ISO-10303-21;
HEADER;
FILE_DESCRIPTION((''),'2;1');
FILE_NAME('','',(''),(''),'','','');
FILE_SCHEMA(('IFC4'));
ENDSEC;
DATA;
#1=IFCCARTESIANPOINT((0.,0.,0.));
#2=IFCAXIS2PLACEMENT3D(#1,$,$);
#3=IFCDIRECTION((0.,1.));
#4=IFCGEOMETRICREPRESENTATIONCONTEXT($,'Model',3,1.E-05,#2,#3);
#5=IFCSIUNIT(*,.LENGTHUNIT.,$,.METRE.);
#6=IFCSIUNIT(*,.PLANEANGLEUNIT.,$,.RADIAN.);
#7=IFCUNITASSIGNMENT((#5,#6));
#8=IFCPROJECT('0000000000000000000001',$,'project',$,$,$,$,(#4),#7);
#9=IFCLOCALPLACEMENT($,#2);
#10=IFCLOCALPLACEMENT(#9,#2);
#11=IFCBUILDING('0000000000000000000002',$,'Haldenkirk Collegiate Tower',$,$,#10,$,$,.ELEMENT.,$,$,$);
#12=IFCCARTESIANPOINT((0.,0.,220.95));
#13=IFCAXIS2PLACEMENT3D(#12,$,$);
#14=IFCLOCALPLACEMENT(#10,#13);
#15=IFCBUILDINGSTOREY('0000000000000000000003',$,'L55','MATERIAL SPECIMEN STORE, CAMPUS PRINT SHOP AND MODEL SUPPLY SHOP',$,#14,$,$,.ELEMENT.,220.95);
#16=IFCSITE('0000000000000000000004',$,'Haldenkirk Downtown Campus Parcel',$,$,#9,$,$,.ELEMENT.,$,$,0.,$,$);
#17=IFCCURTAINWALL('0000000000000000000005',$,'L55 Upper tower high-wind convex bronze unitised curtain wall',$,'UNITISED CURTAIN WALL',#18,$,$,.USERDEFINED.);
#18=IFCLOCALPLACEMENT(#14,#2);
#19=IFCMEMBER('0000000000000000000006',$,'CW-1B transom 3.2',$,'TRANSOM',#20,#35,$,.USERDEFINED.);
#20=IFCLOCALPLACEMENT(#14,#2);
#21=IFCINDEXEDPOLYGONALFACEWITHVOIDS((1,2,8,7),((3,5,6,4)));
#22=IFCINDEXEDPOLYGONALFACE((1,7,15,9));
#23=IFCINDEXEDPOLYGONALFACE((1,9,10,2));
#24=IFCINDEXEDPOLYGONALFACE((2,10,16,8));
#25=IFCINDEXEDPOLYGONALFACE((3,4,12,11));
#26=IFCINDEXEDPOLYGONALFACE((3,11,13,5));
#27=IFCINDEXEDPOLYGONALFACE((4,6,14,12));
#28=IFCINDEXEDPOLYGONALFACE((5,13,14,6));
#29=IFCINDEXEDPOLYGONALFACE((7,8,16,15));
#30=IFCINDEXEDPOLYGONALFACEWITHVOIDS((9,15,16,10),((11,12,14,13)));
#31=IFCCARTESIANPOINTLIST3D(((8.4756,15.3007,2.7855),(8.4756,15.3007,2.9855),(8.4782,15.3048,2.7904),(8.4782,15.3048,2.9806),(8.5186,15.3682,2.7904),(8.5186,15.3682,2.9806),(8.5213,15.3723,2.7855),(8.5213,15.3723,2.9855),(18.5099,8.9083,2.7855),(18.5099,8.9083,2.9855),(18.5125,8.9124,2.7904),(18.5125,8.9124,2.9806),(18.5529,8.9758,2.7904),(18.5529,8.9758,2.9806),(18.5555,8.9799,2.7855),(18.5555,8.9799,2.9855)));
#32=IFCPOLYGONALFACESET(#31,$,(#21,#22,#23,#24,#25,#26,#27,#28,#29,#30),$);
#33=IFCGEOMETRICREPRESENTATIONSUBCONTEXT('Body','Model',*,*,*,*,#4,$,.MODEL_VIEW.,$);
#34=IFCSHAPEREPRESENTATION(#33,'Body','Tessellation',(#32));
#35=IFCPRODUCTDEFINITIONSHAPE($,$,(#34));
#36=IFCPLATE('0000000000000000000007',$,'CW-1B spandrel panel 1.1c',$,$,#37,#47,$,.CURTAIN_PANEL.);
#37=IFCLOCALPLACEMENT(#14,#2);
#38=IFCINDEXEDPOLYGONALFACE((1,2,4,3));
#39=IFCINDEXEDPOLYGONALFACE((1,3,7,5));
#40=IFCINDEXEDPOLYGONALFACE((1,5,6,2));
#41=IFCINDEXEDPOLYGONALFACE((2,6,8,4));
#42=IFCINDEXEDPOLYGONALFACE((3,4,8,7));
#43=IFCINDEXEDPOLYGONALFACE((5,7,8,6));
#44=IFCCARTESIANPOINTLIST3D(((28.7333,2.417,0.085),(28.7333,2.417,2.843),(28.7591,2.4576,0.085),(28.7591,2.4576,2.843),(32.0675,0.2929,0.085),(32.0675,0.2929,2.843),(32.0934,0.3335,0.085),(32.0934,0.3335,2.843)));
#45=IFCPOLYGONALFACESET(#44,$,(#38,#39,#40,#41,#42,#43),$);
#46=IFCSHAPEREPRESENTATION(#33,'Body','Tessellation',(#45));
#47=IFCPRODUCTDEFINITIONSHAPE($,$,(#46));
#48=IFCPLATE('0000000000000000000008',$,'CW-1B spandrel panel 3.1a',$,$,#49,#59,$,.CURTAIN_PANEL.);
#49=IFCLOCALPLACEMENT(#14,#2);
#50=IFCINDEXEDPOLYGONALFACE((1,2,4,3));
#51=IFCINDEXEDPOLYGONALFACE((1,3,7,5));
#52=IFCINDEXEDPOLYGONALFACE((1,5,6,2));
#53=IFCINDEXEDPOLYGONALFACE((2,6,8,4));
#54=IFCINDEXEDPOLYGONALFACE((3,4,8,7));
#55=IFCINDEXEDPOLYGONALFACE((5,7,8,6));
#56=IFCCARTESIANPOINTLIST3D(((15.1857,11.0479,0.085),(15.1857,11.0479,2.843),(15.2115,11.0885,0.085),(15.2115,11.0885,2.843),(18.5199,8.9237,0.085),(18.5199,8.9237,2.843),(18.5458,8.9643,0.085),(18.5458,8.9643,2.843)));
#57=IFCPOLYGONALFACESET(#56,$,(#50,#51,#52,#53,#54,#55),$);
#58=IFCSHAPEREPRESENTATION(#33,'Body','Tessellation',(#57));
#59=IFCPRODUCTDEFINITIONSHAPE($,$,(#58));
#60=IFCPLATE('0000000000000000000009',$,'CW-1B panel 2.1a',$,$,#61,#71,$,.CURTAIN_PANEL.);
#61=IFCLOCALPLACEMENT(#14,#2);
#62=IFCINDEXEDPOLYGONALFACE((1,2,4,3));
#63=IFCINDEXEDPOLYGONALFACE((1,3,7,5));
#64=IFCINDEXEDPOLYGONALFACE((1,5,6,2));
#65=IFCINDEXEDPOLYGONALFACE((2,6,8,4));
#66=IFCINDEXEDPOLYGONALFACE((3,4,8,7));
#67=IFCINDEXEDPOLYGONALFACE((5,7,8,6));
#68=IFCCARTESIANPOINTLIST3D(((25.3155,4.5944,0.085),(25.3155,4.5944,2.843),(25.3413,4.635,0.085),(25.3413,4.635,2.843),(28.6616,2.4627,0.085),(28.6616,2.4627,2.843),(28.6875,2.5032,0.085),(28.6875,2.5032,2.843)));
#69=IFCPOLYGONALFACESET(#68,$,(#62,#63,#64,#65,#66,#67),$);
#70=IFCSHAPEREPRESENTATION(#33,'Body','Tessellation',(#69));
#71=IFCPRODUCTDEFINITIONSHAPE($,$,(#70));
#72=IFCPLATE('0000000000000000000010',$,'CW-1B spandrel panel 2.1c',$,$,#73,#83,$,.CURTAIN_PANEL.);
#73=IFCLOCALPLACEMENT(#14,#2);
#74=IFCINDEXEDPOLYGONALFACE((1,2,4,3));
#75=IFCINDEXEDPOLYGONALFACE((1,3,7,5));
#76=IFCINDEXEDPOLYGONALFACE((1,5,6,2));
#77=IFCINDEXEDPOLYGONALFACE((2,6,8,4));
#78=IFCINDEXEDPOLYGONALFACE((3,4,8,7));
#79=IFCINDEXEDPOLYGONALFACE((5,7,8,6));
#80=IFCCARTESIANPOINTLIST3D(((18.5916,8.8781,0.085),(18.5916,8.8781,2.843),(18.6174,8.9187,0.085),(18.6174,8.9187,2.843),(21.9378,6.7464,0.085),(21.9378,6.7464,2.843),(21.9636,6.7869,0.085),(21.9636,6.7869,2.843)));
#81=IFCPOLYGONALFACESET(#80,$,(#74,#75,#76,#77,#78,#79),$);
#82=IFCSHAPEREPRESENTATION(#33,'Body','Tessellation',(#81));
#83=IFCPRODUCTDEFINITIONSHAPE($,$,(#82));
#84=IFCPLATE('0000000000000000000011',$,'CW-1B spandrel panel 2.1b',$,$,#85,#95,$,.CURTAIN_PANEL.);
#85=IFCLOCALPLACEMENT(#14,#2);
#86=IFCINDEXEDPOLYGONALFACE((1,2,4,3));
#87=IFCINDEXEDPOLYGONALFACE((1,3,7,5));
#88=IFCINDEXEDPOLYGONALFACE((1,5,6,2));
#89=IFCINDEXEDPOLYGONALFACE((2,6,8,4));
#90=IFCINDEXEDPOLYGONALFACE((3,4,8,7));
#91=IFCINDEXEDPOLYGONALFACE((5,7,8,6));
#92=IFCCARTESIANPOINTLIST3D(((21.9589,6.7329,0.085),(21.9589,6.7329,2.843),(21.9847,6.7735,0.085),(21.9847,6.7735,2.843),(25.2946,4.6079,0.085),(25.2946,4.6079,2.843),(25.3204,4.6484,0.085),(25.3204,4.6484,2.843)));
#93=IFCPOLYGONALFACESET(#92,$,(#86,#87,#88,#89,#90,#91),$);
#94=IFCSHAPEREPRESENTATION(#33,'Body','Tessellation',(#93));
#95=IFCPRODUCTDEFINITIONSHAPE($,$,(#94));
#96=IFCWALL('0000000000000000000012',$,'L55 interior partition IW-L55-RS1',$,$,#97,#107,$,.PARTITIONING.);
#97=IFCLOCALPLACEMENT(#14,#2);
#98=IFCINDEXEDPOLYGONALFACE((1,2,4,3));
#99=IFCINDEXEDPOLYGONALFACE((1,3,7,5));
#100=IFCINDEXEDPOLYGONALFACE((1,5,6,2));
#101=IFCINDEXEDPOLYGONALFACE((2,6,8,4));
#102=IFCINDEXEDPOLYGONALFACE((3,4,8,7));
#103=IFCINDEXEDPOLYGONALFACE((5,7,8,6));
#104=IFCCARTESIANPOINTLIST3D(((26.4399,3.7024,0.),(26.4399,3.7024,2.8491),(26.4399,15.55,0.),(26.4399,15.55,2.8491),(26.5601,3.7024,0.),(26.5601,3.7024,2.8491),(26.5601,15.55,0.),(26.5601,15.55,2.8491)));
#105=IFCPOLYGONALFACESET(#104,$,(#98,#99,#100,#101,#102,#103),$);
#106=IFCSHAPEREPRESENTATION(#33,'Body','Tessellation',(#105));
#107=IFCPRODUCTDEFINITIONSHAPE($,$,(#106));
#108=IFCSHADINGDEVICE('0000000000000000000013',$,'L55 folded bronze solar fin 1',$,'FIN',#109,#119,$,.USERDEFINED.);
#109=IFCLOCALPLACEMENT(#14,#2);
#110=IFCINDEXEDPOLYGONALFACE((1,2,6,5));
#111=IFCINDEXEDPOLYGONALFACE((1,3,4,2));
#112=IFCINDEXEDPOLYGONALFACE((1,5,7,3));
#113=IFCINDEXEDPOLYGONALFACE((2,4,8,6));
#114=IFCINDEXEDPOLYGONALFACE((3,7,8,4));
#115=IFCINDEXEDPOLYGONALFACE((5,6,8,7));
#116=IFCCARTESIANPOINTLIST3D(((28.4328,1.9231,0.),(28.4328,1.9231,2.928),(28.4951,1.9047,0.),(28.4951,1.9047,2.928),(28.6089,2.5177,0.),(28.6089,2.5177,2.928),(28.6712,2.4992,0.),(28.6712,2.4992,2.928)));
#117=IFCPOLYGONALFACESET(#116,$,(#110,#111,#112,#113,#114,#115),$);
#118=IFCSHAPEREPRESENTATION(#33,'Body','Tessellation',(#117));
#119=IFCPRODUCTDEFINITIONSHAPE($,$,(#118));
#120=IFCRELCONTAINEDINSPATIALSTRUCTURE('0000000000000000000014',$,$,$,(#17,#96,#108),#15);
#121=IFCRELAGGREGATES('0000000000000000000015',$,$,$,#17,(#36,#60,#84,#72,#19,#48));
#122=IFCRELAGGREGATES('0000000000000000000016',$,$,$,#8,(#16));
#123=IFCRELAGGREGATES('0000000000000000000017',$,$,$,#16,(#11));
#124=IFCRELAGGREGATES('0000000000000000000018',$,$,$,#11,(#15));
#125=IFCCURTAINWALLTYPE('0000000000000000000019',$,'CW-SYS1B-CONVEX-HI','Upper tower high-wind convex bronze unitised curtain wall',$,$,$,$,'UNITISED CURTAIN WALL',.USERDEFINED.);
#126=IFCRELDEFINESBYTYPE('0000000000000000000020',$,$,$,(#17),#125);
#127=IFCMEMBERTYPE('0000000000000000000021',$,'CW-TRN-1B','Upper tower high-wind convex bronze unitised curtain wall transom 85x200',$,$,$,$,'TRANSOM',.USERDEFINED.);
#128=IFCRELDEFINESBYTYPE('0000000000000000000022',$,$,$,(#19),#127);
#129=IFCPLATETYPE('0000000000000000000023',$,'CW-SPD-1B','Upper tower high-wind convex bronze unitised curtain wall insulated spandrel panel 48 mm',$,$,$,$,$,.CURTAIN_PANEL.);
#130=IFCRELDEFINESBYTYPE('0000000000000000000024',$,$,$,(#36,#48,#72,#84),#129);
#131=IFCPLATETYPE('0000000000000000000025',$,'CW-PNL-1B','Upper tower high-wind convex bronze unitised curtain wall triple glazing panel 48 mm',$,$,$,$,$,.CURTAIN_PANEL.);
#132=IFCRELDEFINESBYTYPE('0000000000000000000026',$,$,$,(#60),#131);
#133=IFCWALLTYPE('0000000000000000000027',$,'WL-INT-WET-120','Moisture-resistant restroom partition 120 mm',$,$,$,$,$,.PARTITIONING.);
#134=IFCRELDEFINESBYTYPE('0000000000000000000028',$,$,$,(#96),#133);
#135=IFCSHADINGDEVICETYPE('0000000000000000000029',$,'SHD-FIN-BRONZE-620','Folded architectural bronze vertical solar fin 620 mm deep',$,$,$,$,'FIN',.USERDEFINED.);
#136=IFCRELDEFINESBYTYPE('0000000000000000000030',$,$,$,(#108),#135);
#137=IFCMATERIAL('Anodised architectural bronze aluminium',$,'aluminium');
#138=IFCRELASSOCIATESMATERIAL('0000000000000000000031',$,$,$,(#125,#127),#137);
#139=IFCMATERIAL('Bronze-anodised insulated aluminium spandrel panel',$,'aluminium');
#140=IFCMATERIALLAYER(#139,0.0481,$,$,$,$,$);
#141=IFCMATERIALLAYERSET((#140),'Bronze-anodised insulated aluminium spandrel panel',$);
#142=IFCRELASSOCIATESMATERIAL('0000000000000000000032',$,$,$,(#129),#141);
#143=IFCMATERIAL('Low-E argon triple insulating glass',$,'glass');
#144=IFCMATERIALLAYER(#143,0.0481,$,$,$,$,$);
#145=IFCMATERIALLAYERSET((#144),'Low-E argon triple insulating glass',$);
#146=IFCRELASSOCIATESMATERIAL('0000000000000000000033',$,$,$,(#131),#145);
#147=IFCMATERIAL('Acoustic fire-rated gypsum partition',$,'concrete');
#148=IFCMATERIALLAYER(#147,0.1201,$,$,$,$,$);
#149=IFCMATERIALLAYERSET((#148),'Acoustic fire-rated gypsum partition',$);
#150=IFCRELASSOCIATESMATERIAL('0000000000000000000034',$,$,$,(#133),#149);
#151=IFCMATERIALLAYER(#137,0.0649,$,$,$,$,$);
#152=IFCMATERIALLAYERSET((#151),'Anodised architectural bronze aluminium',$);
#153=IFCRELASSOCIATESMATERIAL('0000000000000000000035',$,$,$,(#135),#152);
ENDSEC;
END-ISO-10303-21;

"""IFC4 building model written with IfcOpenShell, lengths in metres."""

from ifc_helpers import new_model, si_unit, direction, frame, frame_2d, origin, origin_2d, place, context, subcontext, project, spatial, rectangle, hollow_rectangle, extrude, source, transform, mapped, material, layer, layer_set, material_profile, profile_set, type_object, element, aggregate, save


model = new_model("IFC4")

# Units and contexts
model_context = context("Model", 3, precision=1e-05, world=origin(), true_north=direction((0.0, 1.0)))
body_context = subcontext(model_context, "Body", "Model", "MODEL_VIEW")
ifc_project = project(units=[si_unit("LENGTHUNIT", "METRE"), si_unit("PLANEANGLEUNIT", "RADIAN")], contexts=[model_context])

# Site, building, storey
site_placement = place(None, origin())
site = spatial("IfcSite", under=ifc_project, at=site_placement, Name="Haldenkirk Downtown Campus Parcel", CompositionType="ELEMENT", RefElevation=0.0)
building_placement = place(site_placement, origin())
building = spatial("IfcBuilding", under=site, at=building_placement, Name="Haldenkirk Collegiate Tower", CompositionType="ELEMENT")
storey_placement = place(building_placement, frame((0.0, 0.0, 220.95)))
storey = spatial("IfcBuildingStorey", under=building, at=storey_placement, Name="L55", Description="MATERIAL SPECIMEN STORE, CAMPUS PRINT SHOP AND MODEL SUPPLY SHOP", CompositionType="ELEMENT", Elevation=220.95)

# Curtain wall, member, plates
ifc_material_1 = material(Name="Anodised architectural bronze aluminium", Category="aluminium")
curtain_wall_type = type_object("IfcCurtainWallType", Name="CW-SYS1B-CONVEX-HI", Description="Upper tower high-wind convex bronze unitised curtain wall", ElementType="UNITISED CURTAIN WALL", PredefinedType="USERDEFINED", material=ifc_material_1)
curtain_wall_placement = place(storey_placement, origin())
curtain_wall = element("IfcCurtainWall", 1, at=curtain_wall_placement, inside=storey, type_object=curtain_wall_type, Name="L55 Upper tower high-wind convex bronze unitised curtain wall", ObjectType="UNITISED CURTAIN WALL", PredefinedType="USERDEFINED")
ifc_material_profile_1 = material_profile(ifc_material_1, hollow_rectangle(XDim=0.085, YDim=0.2, WallThickness=0.0049, at=origin_2d()), Name="CW-TRN-1B")
ifc_profile_set_1 = profile_set([ifc_material_profile_1], Name="Anodised architectural bronze aluminium")
member_type_1 = type_object("IfcMemberType", Name="CW-TRN-1B", Description="Upper tower high-wind convex bronze unitised curtain wall transom 85x200", ElementType="TRANSOM", PredefinedType="USERDEFINED", material=ifc_profile_set_1)
member_1_placement = place(storey_placement, frame((18.5327, 8.9441, 2.8855), z_axis=(-0.843397, 0.537291, 0.0), x_axis=(-0.537291, -0.843397, 0.0)))
member_1 = element("IfcMember", 2, at=member_1_placement, type_object=member_type_1, Name="CW-1B transom 3.2", ObjectType="TRANSOM", PredefinedType="USERDEFINED", context=body_context, shape_type="SweptSolid", body=[
    extrude(hollow_rectangle(XDim=0.085, YDim=0.2, WallThickness=0.0049, at=origin_2d()), origin(), (0.0, 0.0, 1.0), 11.8975),
])
ifc_material_2 = material(Name="Bronze-anodised insulated aluminium spandrel panel", Category="aluminium")
ifc_layer_1 = layer(ifc_material_2, 0.0481)
ifc_layer_set_1 = layer_set([ifc_layer_1], Name="Bronze-anodised insulated aluminium spandrel panel")
plate_type_1 = type_object("IfcPlateType", Name="CW-SPD-1B", Description="Upper tower high-wind convex bronze unitised curtain wall insulated spandrel panel 48 mm", PredefinedType="CURTAIN_PANEL", material=ifc_layer_set_1)
shared_shape_1 = source(origin(), body_context, "Body", "SweptSolid", [
    extrude(rectangle(XDim=3.9534, YDim=0.0481, at=origin_2d()), origin(), (0.0, 0.0, 1.0), 2.7581),
])
plate_1_placement = place(storey_placement, frame((30.4133, 1.3752, 0.085), z_axis=(0.0, 0.0, 1.0), x_axis=(-0.843391, 0.537301, 0.0)))
plate_1 = element("IfcPlate", 3, at=plate_1_placement, type_object=plate_type_1, Name="CW-1B spandrel panel 1.1c", PredefinedType="CURTAIN_PANEL", context=body_context, shape_type="MappedRepresentation", body=[
    mapped(shared_shape_1, transform((0.0, 0.0, 0.0), x_axis=(1.0, 0.0, 0.0), y_axis=(0.0, 1.0, 0.0), z_axis=(0.0, 0.0, 1.0), scale=1.0)),
])
plate_2_placement = place(storey_placement, frame((16.8657, 10.0061, 0.085), z_axis=(0.0, 0.0, 1.0), x_axis=(-0.843391, 0.537301, 0.0)))
plate_2 = element("IfcPlate", 4, at=plate_2_placement, type_object=plate_type_1, Name="CW-1B spandrel panel 3.1a", PredefinedType="CURTAIN_PANEL", context=body_context, shape_type="MappedRepresentation", body=[
    mapped(shared_shape_1, transform((0.0, 0.0, 0.0), x_axis=(1.0, 0.0, 0.0), y_axis=(0.0, 1.0, 0.0), z_axis=(0.0, 0.0, 1.0), scale=1.0)),
])
ifc_material_3 = material(Name="Low-E argon triple insulating glass", Category="glass")
ifc_layer_2 = layer(ifc_material_3, 0.0481)
ifc_layer_set_2 = layer_set([ifc_layer_2], Name="Low-E argon triple insulating glass")
plate_type_2 = type_object("IfcPlateType", Name="CW-PNL-1B", Description="Upper tower high-wind convex bronze unitised curtain wall triple glazing panel 48 mm", PredefinedType="CURTAIN_PANEL", material=ifc_layer_set_2)
shared_shape_2 = source(origin(), body_context, "Body", "SweptSolid", [
    extrude(rectangle(XDim=3.9675, YDim=0.0481, at=origin_2d()), origin(), (0.0, 0.0, 1.0), 2.7581),
])
plate_3_placement = place(storey_placement, frame((27.0015, 3.5488, 0.085), z_axis=(0.0, 0.0, 1.0), x_axis=(-0.843391, 0.537301, 0.0)))
plate_3 = element("IfcPlate", 5, at=plate_3_placement, type_object=plate_type_2, Name="CW-1B panel 2.1a", PredefinedType="CURTAIN_PANEL", context=body_context, shape_type="MappedRepresentation", body=[
    mapped(shared_shape_2, transform((0.0, 0.0, 0.0), x_axis=(1.0, 0.0, 0.0), y_axis=(0.0, 1.0, 0.0), z_axis=(0.0, 0.0, 1.0), scale=1.0)),
])
plate_4_placement = place(storey_placement, frame((20.2776, 7.8325, 0.085), z_axis=(0.0, 0.0, 1.0), x_axis=(-0.843391, 0.537301, 0.0)))
plate_4 = element("IfcPlate", 6, at=plate_4_placement, type_object=plate_type_1, Name="CW-1B spandrel panel 2.1c", PredefinedType="CURTAIN_PANEL", context=body_context, shape_type="MappedRepresentation", body=[
    mapped(shared_shape_2, transform((0.0, 0.0, 0.0), x_axis=(1.0, 0.0, 0.0), y_axis=(0.0, 1.0, 0.0), z_axis=(0.0, 0.0, 1.0), scale=1.0)),
])
shared_shape_3 = source(origin(), body_context, "Body", "SweptSolid", [
    extrude(rectangle(XDim=3.9551, YDim=0.0481, at=origin_2d()), origin(), (0.0, 0.0, 1.0), 2.7581),
])
plate_5_placement = place(storey_placement, frame((23.6396, 5.6907, 0.085), z_axis=(0.0, 0.0, 1.0), x_axis=(-0.843391, 0.537301, 0.0)))
plate_5 = element("IfcPlate", 7, at=plate_5_placement, type_object=plate_type_1, Name="CW-1B spandrel panel 2.1b", PredefinedType="CURTAIN_PANEL", context=body_context, shape_type="MappedRepresentation", body=[
    mapped(shared_shape_3, transform((0.0, 0.0, 0.0), x_axis=(1.0, 0.0, 0.0), y_axis=(0.0, 1.0, 0.0), z_axis=(0.0, 0.0, 1.0), scale=1.0)),
])
aggregate(curtain_wall, [plate_1, plate_3, plate_5, plate_4, member_1, plate_2])

# Wall
ifc_material_4 = material(Name="Acoustic fire-rated gypsum partition", Category="concrete")
ifc_layer_3 = layer(ifc_material_4, 0.1201)
ifc_layer_set_3 = layer_set([ifc_layer_3], Name="Acoustic fire-rated gypsum partition")
wall_type = type_object("IfcWallType", Name="WL-INT-WET-120", Description="Moisture-resistant restroom partition 120 mm", PredefinedType="PARTITIONING", material=ifc_layer_set_3)
wall_placement = place(storey_placement, frame((26.5, 3.7024, 0.0), z_axis=(0.0, 0.0, 1.0), x_axis=(0.0, 1.0, 0.0)))
element("IfcWall", 8, at=wall_placement, inside=storey, type_object=wall_type, Name="L55 interior partition IW-L55-RS1", PredefinedType="PARTITIONING", context=body_context, shape_type="SweptSolid", body=[
    extrude(rectangle(XDim=11.8477, YDim=0.1201, at=frame_2d((5.9238, 0.0))), origin(), (0.0, 0.0, 1.0), 2.8491),
])

# Shading device
ifc_layer_4 = layer(ifc_material_1, 0.0649)
ifc_layer_set_4 = layer_set([ifc_layer_4], Name="Anodised architectural bronze aluminium")
shading_device_type = type_object("IfcShadingDeviceType", Name="SHD-FIN-BRONZE-620", Description="Folded architectural bronze vertical solar fin 620 mm deep", ElementType="FIN", PredefinedType="USERDEFINED", material=ifc_layer_set_4)
shared_shape_4 = source(origin(), body_context, "Body", "SweptSolid", [
    extrude(rectangle(XDim=0.6201, YDim=0.0649, at=origin_2d()), origin(), (0.0, 0.0, 1.0), 2.928),
])
shading_device_placement = place(storey_placement, frame((28.552, 2.2112, 0.0), z_axis=(0.0, 0.0, 1.0), x_axis=(-0.284015, -0.95882, 0.0)))
element("IfcShadingDevice", 9, at=shading_device_placement, inside=storey, type_object=shading_device_type, Name="L55 folded bronze solar fin 1", ObjectType="FIN", PredefinedType="USERDEFINED", context=body_context, shape_type="MappedRepresentation", body=[
    mapped(shared_shape_4, transform((0.0, 0.0, 0.0), x_axis=(1.0, 0.0, 0.0), y_axis=(0.0, 1.0, 0.0), z_axis=(0.0, 0.0, 1.0), scale=1.0)),
])

save(model, "model.ifc")
